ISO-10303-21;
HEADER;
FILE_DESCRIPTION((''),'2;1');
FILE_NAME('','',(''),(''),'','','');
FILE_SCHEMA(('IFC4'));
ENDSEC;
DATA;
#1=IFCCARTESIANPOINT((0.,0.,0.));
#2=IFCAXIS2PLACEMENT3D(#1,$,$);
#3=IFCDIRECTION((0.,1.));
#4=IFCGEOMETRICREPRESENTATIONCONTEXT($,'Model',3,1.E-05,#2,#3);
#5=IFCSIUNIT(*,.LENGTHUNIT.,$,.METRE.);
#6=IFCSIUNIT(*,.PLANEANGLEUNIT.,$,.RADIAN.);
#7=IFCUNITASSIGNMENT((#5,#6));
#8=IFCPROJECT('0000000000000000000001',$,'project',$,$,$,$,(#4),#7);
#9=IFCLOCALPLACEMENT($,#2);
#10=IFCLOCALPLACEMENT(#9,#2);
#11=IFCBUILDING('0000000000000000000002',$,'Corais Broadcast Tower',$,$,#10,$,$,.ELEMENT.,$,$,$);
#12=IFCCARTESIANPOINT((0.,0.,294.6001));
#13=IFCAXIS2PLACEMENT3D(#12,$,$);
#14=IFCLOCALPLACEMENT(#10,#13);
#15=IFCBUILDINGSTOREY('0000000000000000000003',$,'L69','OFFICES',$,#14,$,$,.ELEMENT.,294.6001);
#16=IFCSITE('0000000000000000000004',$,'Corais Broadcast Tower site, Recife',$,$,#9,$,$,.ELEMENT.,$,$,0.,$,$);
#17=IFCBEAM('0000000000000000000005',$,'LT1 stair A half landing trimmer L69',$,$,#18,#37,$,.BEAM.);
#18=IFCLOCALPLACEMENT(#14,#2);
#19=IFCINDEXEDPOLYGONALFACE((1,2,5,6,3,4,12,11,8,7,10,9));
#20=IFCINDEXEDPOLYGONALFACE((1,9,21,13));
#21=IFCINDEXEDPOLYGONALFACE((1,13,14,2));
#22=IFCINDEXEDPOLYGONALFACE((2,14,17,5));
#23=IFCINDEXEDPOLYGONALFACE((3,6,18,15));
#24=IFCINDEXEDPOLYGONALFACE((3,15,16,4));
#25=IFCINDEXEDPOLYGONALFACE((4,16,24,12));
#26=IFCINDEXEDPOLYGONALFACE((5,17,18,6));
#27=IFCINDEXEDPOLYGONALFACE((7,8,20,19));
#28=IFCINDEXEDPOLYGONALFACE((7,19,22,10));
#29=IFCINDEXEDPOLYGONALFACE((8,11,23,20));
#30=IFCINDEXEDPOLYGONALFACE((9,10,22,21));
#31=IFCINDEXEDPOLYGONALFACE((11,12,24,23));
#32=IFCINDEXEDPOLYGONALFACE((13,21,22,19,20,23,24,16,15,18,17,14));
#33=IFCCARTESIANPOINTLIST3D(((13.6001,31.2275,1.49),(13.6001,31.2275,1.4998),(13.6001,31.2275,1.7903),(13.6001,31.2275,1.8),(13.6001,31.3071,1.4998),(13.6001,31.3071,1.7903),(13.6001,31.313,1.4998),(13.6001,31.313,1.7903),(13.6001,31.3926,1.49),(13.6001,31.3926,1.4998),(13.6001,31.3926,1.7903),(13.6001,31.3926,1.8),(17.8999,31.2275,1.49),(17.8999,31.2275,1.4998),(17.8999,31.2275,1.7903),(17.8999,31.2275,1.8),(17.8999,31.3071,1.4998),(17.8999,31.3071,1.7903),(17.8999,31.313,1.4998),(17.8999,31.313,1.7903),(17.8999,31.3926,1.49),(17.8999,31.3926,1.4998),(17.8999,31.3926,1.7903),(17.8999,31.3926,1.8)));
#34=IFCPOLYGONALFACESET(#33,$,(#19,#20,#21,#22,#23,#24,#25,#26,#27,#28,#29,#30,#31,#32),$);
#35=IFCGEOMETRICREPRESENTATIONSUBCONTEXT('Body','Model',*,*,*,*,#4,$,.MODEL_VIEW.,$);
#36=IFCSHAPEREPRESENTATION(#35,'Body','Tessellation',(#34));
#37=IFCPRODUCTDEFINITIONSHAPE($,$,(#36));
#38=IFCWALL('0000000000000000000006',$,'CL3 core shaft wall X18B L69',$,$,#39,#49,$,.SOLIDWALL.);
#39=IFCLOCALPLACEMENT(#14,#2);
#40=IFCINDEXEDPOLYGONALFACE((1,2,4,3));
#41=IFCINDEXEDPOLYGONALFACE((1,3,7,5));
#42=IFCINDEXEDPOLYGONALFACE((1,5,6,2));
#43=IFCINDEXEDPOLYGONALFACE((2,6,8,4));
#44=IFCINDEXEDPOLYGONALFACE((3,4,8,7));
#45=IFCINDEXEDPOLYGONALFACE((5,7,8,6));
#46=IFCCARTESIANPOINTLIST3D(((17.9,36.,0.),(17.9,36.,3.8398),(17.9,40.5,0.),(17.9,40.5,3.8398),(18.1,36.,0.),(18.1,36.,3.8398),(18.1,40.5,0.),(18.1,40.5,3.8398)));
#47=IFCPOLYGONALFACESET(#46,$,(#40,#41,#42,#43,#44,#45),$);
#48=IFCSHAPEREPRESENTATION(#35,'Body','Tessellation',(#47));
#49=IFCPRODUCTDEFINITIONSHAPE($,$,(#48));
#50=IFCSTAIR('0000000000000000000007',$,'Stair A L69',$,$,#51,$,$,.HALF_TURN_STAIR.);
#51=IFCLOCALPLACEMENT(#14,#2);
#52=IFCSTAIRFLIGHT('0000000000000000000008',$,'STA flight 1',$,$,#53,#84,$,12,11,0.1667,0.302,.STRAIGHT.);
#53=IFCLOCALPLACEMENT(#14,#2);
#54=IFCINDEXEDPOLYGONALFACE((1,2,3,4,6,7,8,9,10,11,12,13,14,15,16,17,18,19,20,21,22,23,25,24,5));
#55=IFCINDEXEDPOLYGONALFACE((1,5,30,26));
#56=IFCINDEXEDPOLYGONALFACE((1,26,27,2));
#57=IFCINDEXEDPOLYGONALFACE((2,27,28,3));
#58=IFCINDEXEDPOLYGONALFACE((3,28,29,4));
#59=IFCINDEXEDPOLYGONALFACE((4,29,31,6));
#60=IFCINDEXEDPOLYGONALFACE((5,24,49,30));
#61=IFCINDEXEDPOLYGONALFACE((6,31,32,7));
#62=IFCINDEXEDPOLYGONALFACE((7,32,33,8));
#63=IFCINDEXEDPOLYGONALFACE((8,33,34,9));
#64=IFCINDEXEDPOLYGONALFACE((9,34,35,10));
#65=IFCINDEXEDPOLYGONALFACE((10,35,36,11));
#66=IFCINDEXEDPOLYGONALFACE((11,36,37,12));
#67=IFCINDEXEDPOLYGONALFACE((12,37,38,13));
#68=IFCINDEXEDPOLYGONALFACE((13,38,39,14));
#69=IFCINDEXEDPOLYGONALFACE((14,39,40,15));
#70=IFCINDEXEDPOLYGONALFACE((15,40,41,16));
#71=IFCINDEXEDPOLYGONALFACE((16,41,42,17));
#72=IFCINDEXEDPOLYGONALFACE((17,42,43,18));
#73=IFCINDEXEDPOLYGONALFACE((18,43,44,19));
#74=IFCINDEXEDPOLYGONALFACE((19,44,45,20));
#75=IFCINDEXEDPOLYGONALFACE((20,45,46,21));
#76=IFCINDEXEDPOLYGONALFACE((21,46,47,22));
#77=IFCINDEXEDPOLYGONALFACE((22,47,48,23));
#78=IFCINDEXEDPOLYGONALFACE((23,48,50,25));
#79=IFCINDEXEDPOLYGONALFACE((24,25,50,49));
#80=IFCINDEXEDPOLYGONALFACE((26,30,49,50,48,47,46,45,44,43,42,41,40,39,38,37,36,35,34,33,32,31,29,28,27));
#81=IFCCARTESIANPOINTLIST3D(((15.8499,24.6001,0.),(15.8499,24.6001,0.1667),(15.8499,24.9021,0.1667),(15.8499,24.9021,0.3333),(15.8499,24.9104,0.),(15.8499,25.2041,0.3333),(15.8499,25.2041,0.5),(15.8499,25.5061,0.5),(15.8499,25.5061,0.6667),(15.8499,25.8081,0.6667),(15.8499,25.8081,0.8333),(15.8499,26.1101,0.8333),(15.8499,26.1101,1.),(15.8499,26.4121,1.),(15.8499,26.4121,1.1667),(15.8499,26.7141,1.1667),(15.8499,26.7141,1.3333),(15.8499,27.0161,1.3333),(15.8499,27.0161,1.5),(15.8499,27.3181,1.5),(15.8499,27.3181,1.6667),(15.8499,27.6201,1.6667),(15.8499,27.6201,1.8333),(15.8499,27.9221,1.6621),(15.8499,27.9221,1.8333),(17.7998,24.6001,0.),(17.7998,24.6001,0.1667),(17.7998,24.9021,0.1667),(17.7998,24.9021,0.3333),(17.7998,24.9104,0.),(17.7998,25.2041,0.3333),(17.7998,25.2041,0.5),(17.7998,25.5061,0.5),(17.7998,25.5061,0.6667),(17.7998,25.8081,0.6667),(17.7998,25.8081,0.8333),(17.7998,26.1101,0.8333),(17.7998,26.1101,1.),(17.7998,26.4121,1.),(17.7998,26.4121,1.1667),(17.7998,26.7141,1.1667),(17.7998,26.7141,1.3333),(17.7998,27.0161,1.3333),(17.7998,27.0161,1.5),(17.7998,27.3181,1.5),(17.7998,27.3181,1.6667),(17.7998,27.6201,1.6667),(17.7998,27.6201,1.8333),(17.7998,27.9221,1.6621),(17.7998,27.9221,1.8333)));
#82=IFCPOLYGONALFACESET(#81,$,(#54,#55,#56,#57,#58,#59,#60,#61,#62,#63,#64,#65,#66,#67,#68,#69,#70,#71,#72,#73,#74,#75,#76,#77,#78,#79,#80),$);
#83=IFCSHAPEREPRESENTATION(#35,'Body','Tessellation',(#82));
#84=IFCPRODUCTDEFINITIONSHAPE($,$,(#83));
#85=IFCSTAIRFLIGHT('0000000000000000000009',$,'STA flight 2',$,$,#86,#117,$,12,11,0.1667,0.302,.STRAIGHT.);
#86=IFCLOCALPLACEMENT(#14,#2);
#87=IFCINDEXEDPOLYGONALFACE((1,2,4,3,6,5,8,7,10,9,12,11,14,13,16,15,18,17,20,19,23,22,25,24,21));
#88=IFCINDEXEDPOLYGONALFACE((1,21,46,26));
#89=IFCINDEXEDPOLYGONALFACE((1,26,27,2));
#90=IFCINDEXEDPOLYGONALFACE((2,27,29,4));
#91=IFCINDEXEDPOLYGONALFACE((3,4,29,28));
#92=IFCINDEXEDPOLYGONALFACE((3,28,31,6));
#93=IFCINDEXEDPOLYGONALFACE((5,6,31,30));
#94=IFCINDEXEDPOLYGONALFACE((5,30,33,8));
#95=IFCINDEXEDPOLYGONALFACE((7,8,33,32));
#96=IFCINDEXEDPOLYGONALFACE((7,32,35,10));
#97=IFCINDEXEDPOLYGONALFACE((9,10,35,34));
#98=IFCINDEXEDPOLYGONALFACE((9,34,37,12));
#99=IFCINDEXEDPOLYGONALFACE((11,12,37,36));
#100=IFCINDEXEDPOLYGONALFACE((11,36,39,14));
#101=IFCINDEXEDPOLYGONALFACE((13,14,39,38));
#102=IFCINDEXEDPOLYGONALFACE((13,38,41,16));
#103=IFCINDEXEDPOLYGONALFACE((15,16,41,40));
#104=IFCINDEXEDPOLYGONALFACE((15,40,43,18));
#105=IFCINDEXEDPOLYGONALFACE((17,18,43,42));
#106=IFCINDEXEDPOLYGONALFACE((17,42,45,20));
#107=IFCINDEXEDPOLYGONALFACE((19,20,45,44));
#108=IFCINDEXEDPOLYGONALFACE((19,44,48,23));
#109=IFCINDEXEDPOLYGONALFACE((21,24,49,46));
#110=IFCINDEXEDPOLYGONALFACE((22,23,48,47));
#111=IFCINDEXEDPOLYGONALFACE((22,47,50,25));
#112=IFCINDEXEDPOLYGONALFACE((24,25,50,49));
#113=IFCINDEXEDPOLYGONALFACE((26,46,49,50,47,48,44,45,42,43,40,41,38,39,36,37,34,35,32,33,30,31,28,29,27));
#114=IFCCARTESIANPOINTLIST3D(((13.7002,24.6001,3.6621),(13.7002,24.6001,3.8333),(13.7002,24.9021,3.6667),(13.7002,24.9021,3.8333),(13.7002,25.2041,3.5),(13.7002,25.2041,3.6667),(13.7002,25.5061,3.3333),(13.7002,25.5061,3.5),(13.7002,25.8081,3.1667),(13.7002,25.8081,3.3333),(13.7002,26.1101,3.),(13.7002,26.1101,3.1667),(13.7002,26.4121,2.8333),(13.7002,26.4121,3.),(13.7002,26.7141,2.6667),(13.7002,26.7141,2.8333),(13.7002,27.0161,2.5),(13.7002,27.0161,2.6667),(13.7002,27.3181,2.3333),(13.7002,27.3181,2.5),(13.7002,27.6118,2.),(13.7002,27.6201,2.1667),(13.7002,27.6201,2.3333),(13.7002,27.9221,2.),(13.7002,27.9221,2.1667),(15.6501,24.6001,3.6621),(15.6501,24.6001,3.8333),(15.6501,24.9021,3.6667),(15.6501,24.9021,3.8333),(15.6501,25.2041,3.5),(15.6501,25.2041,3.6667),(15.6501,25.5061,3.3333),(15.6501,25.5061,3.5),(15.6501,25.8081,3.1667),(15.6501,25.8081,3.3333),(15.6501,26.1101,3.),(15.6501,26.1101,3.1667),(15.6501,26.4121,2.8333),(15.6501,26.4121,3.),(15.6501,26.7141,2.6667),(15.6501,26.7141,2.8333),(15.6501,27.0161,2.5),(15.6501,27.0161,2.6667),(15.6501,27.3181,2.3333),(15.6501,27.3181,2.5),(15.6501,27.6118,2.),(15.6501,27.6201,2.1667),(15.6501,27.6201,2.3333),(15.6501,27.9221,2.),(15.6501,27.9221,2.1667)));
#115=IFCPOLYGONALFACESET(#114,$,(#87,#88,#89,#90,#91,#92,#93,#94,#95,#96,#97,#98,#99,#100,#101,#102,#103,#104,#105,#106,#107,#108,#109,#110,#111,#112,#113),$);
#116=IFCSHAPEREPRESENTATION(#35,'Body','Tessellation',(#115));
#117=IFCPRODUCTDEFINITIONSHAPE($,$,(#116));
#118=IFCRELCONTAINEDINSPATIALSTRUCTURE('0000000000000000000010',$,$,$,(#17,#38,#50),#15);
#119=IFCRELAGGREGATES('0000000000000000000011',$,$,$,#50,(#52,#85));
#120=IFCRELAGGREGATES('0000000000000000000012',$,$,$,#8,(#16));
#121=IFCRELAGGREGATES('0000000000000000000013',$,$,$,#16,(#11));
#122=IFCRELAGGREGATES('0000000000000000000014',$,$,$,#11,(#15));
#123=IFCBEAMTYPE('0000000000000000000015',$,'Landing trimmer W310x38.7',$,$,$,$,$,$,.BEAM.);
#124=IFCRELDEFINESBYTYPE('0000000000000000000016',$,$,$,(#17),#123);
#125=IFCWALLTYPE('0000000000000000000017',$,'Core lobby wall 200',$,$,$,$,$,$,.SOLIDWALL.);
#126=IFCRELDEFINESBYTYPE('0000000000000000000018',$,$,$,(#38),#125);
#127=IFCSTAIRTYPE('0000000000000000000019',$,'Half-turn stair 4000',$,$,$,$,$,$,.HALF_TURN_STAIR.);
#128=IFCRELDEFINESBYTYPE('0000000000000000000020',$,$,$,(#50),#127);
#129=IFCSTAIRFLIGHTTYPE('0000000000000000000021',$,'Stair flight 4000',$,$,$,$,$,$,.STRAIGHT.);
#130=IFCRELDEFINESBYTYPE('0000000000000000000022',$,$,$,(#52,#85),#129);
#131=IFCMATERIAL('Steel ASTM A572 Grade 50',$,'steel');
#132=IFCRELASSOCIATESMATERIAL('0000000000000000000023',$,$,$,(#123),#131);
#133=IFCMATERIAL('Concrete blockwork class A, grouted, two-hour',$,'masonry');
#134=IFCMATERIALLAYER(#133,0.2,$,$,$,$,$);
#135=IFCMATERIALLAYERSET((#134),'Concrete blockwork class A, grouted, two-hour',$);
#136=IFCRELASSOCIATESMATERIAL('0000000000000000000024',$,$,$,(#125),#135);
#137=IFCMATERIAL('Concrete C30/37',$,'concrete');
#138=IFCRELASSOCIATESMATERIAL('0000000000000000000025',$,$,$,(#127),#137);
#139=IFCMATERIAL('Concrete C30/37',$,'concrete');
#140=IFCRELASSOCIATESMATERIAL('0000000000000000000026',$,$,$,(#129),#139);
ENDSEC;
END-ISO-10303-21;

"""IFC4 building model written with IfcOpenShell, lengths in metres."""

from ifc_helpers import new_model, si_unit, direction, frame, frame_2d, origin, origin_2d, place, context, subcontext, project, spatial, polyline, rectangle, i_section, outline, extrude, material, layer, layer_set, material_profile, profile_set, type_object, element, aggregate, save


model = new_model("IFC4")

# Units and contexts
model_context = context("Model", 3, precision=1e-05, world=origin(), true_north=direction((0.0, 1.0)))
body_context = subcontext(model_context, "Body", "Model", "MODEL_VIEW")
ifc_project = project(units=[si_unit("LENGTHUNIT", "METRE"), si_unit("PLANEANGLEUNIT", "RADIAN")], contexts=[model_context])

# Site, building, storey
site_placement = place(None, origin())
site = spatial("IfcSite", under=ifc_project, at=site_placement, Name="Corais Broadcast Tower site, Recife", CompositionType="ELEMENT", RefElevation=0.0)
building_placement = place(site_placement, origin())
building = spatial("IfcBuilding", under=site, at=building_placement, Name="Corais Broadcast Tower", CompositionType="ELEMENT")
storey_placement = place(building_placement, frame((0.0, 0.0, 294.6001)))
storey = spatial("IfcBuildingStorey", under=building, at=storey_placement, Name="L69", Description="OFFICES", CompositionType="ELEMENT", Elevation=294.6001)

# Beam
ifc_material_1 = material(Name="Steel ASTM A572 Grade 50", Category="steel")
ifc_material_profile = material_profile(ifc_material_1, i_section(OverallWidth=0.165, OverallDepth=0.3101, WebThickness=0.0059, FlangeThickness=0.0098, at=origin_2d()), Name="W310x38.7")
ifc_profile_set = profile_set([ifc_material_profile], Name="Steel ASTM A572 Grade 50")
beam_type = type_object("IfcBeamType", Name="Landing trimmer W310x38.7", PredefinedType="BEAM", material=ifc_profile_set)
beam_placement = place(storey_placement, frame((13.6001, 31.3101, 1.645), z_axis=(1.0, 0.0, 0.0), x_axis=(0.0, 1.0, 0.0)))
element("IfcBeam", 1, at=beam_placement, inside=storey, type_object=beam_type, Name="LT1 stair A half landing trimmer L69", PredefinedType="BEAM", context=body_context, shape_type="SweptSolid", body=[
    extrude(i_section(OverallWidth=0.165, OverallDepth=0.3101, WebThickness=0.0059, FlangeThickness=0.0098, at=origin_2d()), origin(), (0.0, 0.0, 1.0), 4.2998),
])

# Wall
ifc_material_2 = material(Name="Concrete blockwork class A, grouted, two-hour", Category="masonry")
ifc_layer = layer(ifc_material_2, 0.2)
ifc_layer_set = layer_set([ifc_layer], Name="Concrete blockwork class A, grouted, two-hour")
wall_type = type_object("IfcWallType", Name="Core lobby wall 200", PredefinedType="SOLIDWALL", material=ifc_layer_set)
wall_placement = place(storey_placement, frame((18.0, 36.0, 0.0), z_axis=(0.0, 0.0, 1.0), x_axis=(0.0, 1.0, 0.0)))
element("IfcWall", 2, at=wall_placement, inside=storey, type_object=wall_type, Name="CL3 core shaft wall X18B L69", PredefinedType="SOLIDWALL", context=body_context, shape_type="SweptSolid", body=[
    extrude(rectangle(XDim=4.5, YDim=0.2, at=frame_2d((2.25, 0.0))), origin(), (0.0, 0.0, 1.0), 3.8398),
])

# Stair, stair flights
ifc_material_3 = material(Name="Concrete C30/37", Category="concrete")
stair_type = type_object("IfcStairType", Name="Half-turn stair 4000", PredefinedType="HALF_TURN_STAIR", material=ifc_material_3)
stair_placement = place(storey_placement, origin())
stair = element("IfcStair", 3, at=stair_placement, inside=storey, type_object=stair_type, Name="Stair A L69", PredefinedType="HALF_TURN_STAIR")
ifc_material_4 = material(Name="Concrete C30/37", Category="concrete")
stair_flight_type = type_object("IfcStairFlightType", Name="Stair flight 4000", PredefinedType="STRAIGHT", material=ifc_material_4)
stair_flight_1_placement = place(storey_placement, frame((16.825, 24.6001, 0.0), z_axis=(0.0, 0.0, 1.0), x_axis=(0.0, 1.0, 0.0)))
stair_flight_1 = element("IfcStairFlight", 4, at=stair_flight_1_placement, type_object=stair_flight_type, Name="STA flight 1", NumberOfRisers=12, NumberOfTreads=11, PredefinedType="STRAIGHT", RiserHeight=0.1667, TreadLength=0.302, context=body_context, shape_type="SweptSolid", body=[
    extrude(outline(polyline([(0.0, 0.0), (0.0, 0.1667), (0.302, 0.1667), (0.302, 0.3333), (0.604, 0.3333), (0.604, 0.5), (0.906, 0.5), (0.906, 0.6667), (1.208, 0.6667), (1.208, 0.8333), (1.51, 0.8333), (1.51, 1.0), (1.812, 1.0), (1.812, 1.1667), (2.114, 1.1667), (2.114, 1.3333), (2.416, 1.3333), (2.416, 1.5), (2.718, 1.5), (2.718, 1.6667), (3.02, 1.6667), (3.02, 1.8333), (3.322, 1.8333), (3.322, 2.0), (3.322, 1.6621), (0.3103, 0.0), (0.0, 0.0)])), frame((0.0, 0.9751, 0.0), z_axis=(0.0, -1.0, 0.0), x_axis=(1.0, 0.0, 0.0)), (0.0, 0.0, 1.0), 1.95),
])
stair_flight_2_placement = place(storey_placement, frame((14.675, 27.9221, 2.0), z_axis=(0.0, 0.0, 1.0), x_axis=(0.0, -1.0, 0.0)))
stair_flight_2 = element("IfcStairFlight", 5, at=stair_flight_2_placement, type_object=stair_flight_type, Name="STA flight 2", NumberOfRisers=12, NumberOfTreads=11, PredefinedType="STRAIGHT", RiserHeight=0.1667, TreadLength=0.302, context=body_context, shape_type="SweptSolid", body=[
    extrude(outline(polyline([(0.0, 0.0), (0.0, 0.1667), (0.302, 0.1667), (0.302, 0.3333), (0.604, 0.3333), (0.604, 0.5), (0.906, 0.5), (0.906, 0.6667), (1.208, 0.6667), (1.208, 0.8333), (1.51, 0.8333), (1.51, 1.0), (1.812, 1.0), (1.812, 1.1667), (2.114, 1.1667), (2.114, 1.3333), (2.416, 1.3333), (2.416, 1.5), (2.718, 1.5), (2.718, 1.6667), (3.02, 1.6667), (3.02, 1.8333), (3.322, 1.8333), (3.322, 2.0), (3.322, 1.6621), (0.3103, 0.0), (0.0, 0.0)])), frame((0.0, 0.9751, 0.0), z_axis=(0.0, -1.0, 0.0), x_axis=(1.0, 0.0, 0.0)), (0.0, 0.0, 1.0), 1.95),
])
aggregate(stair, [stair_flight_1, stair_flight_2])

save(model, "model.ifc")
